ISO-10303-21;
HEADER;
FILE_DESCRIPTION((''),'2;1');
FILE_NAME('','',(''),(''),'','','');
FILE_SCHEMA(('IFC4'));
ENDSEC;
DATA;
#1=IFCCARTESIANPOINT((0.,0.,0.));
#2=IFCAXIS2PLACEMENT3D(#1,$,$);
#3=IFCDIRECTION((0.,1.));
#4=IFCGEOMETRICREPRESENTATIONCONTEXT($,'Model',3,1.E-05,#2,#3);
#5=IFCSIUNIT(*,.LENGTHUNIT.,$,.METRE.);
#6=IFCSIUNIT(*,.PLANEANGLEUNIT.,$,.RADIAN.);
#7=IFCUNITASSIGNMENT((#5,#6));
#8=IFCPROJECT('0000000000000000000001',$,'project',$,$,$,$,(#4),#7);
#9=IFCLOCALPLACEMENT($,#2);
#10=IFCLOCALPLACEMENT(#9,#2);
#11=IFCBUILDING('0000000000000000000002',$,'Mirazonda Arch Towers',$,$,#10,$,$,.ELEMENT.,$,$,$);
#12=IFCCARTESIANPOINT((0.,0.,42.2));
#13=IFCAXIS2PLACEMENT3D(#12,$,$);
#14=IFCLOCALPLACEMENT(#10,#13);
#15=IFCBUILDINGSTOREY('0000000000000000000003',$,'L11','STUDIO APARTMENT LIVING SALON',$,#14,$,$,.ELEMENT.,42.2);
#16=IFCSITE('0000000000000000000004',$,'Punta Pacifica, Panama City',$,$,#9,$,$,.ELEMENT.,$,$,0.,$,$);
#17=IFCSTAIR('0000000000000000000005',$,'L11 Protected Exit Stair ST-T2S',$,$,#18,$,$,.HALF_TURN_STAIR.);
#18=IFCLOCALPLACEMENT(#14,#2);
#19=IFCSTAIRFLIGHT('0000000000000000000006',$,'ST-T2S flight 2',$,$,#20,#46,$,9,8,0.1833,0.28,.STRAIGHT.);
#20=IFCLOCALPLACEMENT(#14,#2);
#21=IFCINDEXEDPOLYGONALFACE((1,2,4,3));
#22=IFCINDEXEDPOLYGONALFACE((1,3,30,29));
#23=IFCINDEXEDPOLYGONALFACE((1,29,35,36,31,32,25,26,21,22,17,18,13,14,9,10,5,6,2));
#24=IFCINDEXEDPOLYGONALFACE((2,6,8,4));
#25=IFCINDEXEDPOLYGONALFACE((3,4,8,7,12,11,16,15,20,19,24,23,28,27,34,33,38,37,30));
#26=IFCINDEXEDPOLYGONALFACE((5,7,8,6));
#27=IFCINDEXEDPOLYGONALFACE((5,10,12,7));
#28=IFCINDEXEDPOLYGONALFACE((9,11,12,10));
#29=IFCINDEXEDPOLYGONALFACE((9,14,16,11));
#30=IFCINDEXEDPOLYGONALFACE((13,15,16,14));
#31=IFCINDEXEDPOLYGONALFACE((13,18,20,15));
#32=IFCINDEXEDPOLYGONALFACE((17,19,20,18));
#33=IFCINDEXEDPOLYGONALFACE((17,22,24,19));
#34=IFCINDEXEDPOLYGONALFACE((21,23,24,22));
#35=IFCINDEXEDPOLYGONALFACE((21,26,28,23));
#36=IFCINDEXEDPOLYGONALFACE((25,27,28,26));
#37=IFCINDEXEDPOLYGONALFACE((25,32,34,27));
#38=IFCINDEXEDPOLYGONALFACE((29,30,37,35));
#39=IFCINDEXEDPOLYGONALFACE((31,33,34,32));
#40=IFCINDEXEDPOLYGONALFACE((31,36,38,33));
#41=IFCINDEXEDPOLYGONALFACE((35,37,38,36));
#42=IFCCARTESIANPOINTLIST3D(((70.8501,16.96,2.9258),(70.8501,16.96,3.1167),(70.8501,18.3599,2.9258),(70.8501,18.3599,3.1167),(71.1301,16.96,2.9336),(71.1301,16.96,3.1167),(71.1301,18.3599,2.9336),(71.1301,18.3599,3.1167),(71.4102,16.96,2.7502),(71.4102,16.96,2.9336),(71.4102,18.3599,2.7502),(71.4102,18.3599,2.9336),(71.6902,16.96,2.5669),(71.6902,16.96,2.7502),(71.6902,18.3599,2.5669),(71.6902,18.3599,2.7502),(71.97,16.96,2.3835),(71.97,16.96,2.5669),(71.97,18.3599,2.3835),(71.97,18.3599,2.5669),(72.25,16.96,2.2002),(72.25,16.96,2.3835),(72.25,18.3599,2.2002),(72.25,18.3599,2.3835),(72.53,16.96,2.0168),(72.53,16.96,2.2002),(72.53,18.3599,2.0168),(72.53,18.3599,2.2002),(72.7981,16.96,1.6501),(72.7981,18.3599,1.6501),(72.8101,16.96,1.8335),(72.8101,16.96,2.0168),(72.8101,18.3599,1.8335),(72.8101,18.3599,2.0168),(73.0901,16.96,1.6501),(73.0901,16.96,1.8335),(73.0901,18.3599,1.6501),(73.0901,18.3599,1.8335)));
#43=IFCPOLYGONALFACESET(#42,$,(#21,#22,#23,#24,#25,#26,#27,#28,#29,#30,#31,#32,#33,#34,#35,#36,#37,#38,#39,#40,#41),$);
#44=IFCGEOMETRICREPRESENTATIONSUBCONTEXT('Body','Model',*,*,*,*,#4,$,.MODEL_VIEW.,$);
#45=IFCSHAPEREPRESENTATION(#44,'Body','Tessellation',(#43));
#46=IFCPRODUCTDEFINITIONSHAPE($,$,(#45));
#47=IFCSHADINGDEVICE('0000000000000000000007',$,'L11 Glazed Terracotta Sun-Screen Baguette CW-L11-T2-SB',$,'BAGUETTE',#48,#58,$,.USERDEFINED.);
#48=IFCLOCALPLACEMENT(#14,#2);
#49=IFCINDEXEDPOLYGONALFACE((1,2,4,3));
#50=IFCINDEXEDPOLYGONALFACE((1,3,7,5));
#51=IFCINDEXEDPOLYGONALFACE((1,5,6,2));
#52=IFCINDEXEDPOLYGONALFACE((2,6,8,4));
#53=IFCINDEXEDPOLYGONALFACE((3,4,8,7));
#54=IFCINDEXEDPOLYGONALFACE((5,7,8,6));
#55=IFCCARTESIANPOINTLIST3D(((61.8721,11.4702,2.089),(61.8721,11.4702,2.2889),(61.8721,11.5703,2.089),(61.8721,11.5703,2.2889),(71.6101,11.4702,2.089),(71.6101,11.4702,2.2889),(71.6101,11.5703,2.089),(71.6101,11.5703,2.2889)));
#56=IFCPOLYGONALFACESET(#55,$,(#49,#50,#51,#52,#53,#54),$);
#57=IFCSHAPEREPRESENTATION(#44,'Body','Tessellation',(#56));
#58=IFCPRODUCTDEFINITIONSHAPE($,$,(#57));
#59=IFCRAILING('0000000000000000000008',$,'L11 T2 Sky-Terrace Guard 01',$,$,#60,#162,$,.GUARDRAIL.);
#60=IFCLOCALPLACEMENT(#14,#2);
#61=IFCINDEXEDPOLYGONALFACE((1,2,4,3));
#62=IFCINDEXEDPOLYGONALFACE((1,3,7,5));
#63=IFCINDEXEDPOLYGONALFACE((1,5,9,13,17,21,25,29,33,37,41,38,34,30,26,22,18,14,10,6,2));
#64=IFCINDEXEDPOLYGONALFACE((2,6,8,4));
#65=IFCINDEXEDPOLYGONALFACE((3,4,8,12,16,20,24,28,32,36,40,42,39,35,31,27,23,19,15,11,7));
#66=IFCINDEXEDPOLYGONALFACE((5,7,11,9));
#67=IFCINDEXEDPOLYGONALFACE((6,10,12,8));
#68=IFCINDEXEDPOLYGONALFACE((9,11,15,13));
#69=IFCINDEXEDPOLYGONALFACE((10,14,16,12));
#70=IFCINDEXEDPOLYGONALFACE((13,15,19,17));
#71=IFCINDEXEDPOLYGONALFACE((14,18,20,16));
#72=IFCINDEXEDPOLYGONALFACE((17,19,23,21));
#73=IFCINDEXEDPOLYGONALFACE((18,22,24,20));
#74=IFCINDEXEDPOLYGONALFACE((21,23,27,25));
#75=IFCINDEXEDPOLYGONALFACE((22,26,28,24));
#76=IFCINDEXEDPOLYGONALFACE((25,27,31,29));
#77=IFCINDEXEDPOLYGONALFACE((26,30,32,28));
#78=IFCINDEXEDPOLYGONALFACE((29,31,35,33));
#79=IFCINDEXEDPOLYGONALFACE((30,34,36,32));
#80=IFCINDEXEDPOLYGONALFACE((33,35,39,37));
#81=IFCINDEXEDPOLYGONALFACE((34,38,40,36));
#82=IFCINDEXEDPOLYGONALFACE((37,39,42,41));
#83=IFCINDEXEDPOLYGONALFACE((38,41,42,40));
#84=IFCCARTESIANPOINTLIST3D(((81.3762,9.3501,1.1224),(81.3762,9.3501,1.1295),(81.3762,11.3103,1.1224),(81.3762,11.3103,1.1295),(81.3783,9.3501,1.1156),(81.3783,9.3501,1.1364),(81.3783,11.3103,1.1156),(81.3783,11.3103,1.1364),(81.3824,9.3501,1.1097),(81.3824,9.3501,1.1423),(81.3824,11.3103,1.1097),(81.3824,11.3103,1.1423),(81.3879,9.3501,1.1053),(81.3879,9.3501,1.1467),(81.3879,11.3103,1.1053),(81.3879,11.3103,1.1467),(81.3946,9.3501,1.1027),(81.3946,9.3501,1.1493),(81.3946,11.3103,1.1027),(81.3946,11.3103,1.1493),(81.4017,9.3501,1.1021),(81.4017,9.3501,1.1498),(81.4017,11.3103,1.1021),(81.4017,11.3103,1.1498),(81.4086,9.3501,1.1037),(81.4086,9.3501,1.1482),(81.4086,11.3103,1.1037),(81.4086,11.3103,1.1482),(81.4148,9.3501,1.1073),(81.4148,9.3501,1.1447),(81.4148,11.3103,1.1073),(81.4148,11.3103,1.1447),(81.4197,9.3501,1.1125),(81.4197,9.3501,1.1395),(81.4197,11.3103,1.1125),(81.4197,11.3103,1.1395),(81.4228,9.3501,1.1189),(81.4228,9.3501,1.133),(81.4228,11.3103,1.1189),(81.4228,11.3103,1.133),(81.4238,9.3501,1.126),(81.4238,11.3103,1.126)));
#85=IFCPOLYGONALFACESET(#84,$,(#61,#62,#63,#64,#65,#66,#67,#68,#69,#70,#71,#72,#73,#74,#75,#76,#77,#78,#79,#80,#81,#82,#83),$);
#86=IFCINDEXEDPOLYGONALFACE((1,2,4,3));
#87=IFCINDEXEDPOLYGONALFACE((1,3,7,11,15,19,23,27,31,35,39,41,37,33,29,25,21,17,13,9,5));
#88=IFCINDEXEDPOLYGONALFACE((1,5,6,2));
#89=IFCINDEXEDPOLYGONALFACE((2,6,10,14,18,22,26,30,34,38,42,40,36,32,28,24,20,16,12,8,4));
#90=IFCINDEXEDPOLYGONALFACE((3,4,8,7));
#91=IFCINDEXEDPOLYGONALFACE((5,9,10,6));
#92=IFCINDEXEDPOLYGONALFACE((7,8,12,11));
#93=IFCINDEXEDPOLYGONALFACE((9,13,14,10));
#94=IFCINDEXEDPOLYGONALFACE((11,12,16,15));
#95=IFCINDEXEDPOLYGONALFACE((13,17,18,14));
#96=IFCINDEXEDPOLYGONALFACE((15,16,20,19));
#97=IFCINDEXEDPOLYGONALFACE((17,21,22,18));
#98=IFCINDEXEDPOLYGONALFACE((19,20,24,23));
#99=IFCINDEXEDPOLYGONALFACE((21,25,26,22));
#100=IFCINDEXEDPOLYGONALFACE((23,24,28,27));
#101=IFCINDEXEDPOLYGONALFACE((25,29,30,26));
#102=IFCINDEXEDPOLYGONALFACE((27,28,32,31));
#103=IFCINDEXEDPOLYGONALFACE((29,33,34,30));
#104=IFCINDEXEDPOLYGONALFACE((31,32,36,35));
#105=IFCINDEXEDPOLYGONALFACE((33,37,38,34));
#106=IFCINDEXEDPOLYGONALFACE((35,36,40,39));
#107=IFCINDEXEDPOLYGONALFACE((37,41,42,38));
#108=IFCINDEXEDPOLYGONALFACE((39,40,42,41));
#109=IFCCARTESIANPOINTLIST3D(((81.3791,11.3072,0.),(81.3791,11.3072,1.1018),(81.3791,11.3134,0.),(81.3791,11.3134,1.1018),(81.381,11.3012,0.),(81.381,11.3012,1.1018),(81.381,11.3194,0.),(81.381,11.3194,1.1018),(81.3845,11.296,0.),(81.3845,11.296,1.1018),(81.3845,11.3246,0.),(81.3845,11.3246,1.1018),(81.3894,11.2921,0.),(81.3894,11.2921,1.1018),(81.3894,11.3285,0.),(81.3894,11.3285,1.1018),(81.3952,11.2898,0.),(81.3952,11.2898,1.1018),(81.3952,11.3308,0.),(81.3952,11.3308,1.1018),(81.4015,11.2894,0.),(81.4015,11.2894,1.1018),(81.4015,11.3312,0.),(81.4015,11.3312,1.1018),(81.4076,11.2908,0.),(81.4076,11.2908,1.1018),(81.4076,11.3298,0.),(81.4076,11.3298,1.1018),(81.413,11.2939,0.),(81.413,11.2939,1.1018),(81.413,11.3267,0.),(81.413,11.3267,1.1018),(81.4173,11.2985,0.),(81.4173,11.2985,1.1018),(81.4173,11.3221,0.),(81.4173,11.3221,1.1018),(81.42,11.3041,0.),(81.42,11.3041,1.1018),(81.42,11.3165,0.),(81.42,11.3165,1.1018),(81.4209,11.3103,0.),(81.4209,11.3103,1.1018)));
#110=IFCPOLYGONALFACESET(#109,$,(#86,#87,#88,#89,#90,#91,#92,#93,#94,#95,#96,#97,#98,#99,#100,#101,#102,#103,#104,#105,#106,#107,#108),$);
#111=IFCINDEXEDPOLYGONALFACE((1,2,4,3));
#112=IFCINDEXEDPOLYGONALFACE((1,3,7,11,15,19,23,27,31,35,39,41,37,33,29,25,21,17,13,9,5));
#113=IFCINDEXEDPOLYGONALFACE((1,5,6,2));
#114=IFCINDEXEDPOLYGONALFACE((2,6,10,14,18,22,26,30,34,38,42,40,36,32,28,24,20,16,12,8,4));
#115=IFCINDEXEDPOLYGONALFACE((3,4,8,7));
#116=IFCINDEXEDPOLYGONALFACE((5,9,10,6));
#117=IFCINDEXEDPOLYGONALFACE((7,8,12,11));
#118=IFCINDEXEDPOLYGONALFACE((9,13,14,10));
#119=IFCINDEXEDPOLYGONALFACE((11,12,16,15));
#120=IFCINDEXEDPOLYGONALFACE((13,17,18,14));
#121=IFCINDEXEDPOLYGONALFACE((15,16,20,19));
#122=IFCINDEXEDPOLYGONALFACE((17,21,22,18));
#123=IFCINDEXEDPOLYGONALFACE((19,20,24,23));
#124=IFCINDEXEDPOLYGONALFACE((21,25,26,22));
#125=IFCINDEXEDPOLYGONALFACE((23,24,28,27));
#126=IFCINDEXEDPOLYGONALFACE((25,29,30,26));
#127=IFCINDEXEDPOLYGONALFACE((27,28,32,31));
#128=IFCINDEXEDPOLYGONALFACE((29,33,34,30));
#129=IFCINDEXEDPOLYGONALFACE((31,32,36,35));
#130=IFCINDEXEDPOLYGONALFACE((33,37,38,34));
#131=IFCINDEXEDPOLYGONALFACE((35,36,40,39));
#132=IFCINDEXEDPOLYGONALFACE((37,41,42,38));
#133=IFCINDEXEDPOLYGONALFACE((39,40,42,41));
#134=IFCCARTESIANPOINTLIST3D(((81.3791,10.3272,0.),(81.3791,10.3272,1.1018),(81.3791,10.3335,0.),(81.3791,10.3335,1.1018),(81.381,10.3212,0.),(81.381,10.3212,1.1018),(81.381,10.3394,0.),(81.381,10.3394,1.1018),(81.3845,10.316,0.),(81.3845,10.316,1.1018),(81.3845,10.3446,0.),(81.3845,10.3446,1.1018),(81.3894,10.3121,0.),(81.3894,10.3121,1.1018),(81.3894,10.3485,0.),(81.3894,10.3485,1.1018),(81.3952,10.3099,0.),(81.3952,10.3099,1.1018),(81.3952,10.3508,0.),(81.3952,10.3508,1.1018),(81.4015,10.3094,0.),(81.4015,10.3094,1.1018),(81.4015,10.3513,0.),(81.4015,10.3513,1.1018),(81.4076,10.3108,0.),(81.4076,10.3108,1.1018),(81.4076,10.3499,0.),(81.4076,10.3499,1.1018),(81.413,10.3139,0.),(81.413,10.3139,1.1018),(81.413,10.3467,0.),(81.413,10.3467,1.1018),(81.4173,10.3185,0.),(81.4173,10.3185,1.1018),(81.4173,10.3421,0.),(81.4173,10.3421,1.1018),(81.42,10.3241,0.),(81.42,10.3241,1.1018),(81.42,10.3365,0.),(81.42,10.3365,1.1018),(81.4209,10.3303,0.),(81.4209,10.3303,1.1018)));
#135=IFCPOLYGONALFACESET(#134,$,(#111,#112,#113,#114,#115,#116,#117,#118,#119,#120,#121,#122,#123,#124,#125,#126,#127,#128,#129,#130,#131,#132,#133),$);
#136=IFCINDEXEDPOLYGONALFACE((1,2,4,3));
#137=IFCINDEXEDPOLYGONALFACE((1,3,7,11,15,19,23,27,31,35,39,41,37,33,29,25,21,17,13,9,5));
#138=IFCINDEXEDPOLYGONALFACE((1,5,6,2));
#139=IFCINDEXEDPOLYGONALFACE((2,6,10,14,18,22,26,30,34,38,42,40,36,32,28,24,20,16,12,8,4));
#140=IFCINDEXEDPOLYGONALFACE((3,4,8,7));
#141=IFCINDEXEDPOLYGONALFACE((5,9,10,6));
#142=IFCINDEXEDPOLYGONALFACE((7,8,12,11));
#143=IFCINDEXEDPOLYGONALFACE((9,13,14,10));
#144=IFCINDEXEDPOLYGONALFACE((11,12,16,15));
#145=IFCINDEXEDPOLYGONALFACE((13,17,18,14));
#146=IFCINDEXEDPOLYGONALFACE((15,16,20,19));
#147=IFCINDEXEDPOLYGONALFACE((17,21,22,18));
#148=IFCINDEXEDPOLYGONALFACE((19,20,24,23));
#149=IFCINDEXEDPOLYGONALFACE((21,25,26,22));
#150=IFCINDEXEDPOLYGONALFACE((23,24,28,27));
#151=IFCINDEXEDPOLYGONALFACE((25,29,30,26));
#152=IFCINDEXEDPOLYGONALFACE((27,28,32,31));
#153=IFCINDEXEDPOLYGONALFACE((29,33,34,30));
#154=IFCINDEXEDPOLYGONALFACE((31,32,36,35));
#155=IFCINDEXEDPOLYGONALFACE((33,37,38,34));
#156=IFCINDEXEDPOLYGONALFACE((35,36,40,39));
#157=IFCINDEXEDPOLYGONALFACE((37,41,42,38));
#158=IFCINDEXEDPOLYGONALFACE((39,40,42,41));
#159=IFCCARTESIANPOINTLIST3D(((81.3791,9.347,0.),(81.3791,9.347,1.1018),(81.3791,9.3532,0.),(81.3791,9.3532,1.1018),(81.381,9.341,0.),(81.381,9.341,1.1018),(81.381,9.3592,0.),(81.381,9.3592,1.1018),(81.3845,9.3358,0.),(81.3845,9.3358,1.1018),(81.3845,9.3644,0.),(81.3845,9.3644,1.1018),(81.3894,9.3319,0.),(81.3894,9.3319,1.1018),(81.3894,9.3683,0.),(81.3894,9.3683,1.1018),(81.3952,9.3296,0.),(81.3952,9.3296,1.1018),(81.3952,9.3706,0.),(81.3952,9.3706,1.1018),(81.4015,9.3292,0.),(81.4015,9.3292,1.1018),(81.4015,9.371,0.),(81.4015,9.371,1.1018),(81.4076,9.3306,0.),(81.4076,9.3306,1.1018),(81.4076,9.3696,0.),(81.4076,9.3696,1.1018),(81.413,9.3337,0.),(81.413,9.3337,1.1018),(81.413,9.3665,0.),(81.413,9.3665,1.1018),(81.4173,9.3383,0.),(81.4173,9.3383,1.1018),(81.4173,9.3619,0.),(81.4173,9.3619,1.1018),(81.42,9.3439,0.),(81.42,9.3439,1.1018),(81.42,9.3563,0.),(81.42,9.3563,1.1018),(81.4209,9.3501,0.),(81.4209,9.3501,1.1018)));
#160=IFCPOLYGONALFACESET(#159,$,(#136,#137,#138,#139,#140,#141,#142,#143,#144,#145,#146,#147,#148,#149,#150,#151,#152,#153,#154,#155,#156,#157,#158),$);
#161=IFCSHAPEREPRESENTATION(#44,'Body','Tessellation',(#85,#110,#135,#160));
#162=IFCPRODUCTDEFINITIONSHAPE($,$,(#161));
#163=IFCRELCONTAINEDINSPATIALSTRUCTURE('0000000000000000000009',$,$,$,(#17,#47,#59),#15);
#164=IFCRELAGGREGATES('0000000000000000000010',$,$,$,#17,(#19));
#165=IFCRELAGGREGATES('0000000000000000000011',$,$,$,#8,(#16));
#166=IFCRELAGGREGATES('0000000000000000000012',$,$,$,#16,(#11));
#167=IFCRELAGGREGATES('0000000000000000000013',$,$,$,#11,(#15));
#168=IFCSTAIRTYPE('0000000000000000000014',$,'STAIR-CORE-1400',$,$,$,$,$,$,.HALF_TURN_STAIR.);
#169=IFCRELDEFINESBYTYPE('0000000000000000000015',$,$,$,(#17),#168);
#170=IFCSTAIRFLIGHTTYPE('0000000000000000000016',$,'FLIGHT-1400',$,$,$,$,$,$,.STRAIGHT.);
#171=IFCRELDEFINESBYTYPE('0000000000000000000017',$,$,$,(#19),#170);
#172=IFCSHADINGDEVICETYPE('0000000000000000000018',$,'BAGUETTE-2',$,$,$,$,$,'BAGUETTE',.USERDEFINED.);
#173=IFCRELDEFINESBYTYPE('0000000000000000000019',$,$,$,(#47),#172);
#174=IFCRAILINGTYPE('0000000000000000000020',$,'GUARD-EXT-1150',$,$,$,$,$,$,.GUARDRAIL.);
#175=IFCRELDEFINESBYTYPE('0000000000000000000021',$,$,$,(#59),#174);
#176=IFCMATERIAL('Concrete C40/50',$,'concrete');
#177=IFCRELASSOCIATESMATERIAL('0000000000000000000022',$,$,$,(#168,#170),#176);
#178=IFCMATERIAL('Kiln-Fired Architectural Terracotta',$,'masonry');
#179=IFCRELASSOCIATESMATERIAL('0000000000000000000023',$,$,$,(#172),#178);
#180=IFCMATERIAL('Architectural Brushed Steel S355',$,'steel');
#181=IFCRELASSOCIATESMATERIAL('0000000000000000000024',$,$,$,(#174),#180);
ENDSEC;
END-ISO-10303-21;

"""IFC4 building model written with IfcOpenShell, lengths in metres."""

from ifc_helpers import new_model, si_unit, direction, frame, origin, origin_2d, place, context, subcontext, project, spatial, polyline, rectangle, circle, outline, extrude, material, material_profile, profile_set, type_object, element, aggregate, save


model = new_model("IFC4")

# Units and contexts
model_context = context("Model", 3, precision=1e-05, world=origin(), true_north=direction((0.0, 1.0)))
body_context = subcontext(model_context, "Body", "Model", "MODEL_VIEW")
ifc_project = project(units=[si_unit("LENGTHUNIT", "METRE"), si_unit("PLANEANGLEUNIT", "RADIAN")], contexts=[model_context])

# Site, building, storey
site_placement = place(None, origin())
site = spatial("IfcSite", under=ifc_project, at=site_placement, Name="Punta Pacifica, Panama City", CompositionType="ELEMENT", RefElevation=0.0)
building_placement = place(site_placement, origin())
building = spatial("IfcBuilding", under=site, at=building_placement, Name="Mirazonda Arch Towers", CompositionType="ELEMENT")
storey_placement = place(building_placement, frame((0.0, 0.0, 42.2)))
storey = spatial("IfcBuildingStorey", under=building, at=storey_placement, Name="L11", Description="STUDIO APARTMENT LIVING SALON", CompositionType="ELEMENT", Elevation=42.2)

# Shared definitions
ifc_material_1 = material(Name="Concrete C40/50", Category="concrete")

# Stair, stair flight
stair_type = type_object("IfcStairType", Name="STAIR-CORE-1400", PredefinedType="HALF_TURN_STAIR", material=ifc_material_1)
stair_placement = place(storey_placement, origin())
stair = element("IfcStair", 1, at=stair_placement, inside=storey, type_object=stair_type, Name="L11 Protected Exit Stair ST-T2S", PredefinedType="HALF_TURN_STAIR")
stair_flight_type = type_object("IfcStairFlightType", Name="FLIGHT-1400", PredefinedType="STRAIGHT", material=ifc_material_1)
stair_flight_placement = place(storey_placement, frame((73.0901, 17.6599, 1.6501), z_axis=(0.0, 0.0, 1.0), x_axis=(-1.0, 0.0, 0.0)))
stair_flight = element("IfcStairFlight", 2, at=stair_flight_placement, type_object=stair_flight_type, Name="ST-T2S flight 2", NumberOfRisers=9, NumberOfTreads=8, PredefinedType="STRAIGHT", RiserHeight=0.1833, TreadLength=0.28, context=body_context, shape_type="SweptSolid", body=[
    extrude(outline(polyline([(0.0, 0.0), (0.0, 0.1833), (0.28, 0.1833), (0.28, 0.3667), (0.5601, 0.3667), (0.5601, 0.55), (0.8401, 0.55), (0.8401, 0.7334), (1.1201, 0.7334), (1.1201, 0.9167), (1.3999, 0.9167), (1.3999, 1.1001), (1.6799, 1.1001), (1.6799, 1.2834), (1.96, 1.2834), (1.96, 1.4666), (2.24, 1.4666), (2.24, 1.6499), (2.24, 1.2756), (0.292, 0.0), (0.0, 0.0)])), frame((0.0, 0.7, 0.0), z_axis=(0.0, -1.0, 0.0), x_axis=(1.0, 0.0, 0.0)), (0.0, 0.0, 1.0), 1.3999),
])
aggregate(stair, [stair_flight])

# Shading device
ifc_material_2 = material(Name="Kiln-Fired Architectural Terracotta", Category="masonry")
ifc_material_profile_1 = material_profile(ifc_material_2, rectangle(XDim=0.1001, YDim=0.2, at=origin_2d()), Name="TERRA-BAG-100x200")
ifc_profile_set_1 = profile_set([ifc_material_profile_1], Name="Kiln-Fired Architectural Terracotta")
shading_device_type = type_object("IfcShadingDeviceType", Name="BAGUETTE-2", ElementType="BAGUETTE", PredefinedType="USERDEFINED", material=ifc_profile_set_1)
shading_device_placement = place(storey_placement, frame((71.6101, 11.5203, 2.189), z_axis=(-1.0, 0.0, 0.0), x_axis=(0.0, -1.0, 0.0)))
element("IfcShadingDevice", 3, at=shading_device_placement, inside=storey, type_object=shading_device_type, Name="L11 Glazed Terracotta Sun-Screen Baguette CW-L11-T2-SB", ObjectType="BAGUETTE", PredefinedType="USERDEFINED", context=body_context, shape_type="SweptSolid", body=[
    extrude(rectangle(XDim=0.1001, YDim=0.2, at=origin_2d()), origin(), (0.0, 0.0, 1.0), 9.738),
])

# Railing
ifc_material_3 = material(Name="Architectural Brushed Steel S355", Category="steel")
railing_type_1 = type_object("IfcRailingType", Name="GUARD-EXT-1150", PredefinedType="GUARDRAIL", material=ifc_material_3)
railing_1_placement = place(storey_placement, frame((81.3999, 11.3103, 0.0)))
element("IfcRailing", 4, at=railing_1_placement, inside=storey, type_object=railing_type_1, Name="L11 T2 Sky-Terrace Guard 01", PredefinedType="GUARDRAIL", context=body_context, shape_type="SweptSolid", body=[
    extrude(circle(Radius=0.0239, at=origin_2d()), frame((0.0, 0.0, 1.126), z_axis=(0.0, -1.0, 0.0), x_axis=(1.0, 0.0, 0.0)), (0.0, 0.0, 1.0), 1.9602),
    extrude(circle(Radius=0.021, at=origin_2d()), origin(), (0.0, 0.0, 1.0), 1.1018),
    extrude(circle(Radius=0.021, at=origin_2d()), frame((0.0, -0.98, 0.0)), (0.0, 0.0, 1.0), 1.1018),
    extrude(circle(Radius=0.021, at=origin_2d()), frame((0.0, -1.9602, 0.0)), (0.0, 0.0, 1.0), 1.1018),
])

save(model, "model.ifc")
